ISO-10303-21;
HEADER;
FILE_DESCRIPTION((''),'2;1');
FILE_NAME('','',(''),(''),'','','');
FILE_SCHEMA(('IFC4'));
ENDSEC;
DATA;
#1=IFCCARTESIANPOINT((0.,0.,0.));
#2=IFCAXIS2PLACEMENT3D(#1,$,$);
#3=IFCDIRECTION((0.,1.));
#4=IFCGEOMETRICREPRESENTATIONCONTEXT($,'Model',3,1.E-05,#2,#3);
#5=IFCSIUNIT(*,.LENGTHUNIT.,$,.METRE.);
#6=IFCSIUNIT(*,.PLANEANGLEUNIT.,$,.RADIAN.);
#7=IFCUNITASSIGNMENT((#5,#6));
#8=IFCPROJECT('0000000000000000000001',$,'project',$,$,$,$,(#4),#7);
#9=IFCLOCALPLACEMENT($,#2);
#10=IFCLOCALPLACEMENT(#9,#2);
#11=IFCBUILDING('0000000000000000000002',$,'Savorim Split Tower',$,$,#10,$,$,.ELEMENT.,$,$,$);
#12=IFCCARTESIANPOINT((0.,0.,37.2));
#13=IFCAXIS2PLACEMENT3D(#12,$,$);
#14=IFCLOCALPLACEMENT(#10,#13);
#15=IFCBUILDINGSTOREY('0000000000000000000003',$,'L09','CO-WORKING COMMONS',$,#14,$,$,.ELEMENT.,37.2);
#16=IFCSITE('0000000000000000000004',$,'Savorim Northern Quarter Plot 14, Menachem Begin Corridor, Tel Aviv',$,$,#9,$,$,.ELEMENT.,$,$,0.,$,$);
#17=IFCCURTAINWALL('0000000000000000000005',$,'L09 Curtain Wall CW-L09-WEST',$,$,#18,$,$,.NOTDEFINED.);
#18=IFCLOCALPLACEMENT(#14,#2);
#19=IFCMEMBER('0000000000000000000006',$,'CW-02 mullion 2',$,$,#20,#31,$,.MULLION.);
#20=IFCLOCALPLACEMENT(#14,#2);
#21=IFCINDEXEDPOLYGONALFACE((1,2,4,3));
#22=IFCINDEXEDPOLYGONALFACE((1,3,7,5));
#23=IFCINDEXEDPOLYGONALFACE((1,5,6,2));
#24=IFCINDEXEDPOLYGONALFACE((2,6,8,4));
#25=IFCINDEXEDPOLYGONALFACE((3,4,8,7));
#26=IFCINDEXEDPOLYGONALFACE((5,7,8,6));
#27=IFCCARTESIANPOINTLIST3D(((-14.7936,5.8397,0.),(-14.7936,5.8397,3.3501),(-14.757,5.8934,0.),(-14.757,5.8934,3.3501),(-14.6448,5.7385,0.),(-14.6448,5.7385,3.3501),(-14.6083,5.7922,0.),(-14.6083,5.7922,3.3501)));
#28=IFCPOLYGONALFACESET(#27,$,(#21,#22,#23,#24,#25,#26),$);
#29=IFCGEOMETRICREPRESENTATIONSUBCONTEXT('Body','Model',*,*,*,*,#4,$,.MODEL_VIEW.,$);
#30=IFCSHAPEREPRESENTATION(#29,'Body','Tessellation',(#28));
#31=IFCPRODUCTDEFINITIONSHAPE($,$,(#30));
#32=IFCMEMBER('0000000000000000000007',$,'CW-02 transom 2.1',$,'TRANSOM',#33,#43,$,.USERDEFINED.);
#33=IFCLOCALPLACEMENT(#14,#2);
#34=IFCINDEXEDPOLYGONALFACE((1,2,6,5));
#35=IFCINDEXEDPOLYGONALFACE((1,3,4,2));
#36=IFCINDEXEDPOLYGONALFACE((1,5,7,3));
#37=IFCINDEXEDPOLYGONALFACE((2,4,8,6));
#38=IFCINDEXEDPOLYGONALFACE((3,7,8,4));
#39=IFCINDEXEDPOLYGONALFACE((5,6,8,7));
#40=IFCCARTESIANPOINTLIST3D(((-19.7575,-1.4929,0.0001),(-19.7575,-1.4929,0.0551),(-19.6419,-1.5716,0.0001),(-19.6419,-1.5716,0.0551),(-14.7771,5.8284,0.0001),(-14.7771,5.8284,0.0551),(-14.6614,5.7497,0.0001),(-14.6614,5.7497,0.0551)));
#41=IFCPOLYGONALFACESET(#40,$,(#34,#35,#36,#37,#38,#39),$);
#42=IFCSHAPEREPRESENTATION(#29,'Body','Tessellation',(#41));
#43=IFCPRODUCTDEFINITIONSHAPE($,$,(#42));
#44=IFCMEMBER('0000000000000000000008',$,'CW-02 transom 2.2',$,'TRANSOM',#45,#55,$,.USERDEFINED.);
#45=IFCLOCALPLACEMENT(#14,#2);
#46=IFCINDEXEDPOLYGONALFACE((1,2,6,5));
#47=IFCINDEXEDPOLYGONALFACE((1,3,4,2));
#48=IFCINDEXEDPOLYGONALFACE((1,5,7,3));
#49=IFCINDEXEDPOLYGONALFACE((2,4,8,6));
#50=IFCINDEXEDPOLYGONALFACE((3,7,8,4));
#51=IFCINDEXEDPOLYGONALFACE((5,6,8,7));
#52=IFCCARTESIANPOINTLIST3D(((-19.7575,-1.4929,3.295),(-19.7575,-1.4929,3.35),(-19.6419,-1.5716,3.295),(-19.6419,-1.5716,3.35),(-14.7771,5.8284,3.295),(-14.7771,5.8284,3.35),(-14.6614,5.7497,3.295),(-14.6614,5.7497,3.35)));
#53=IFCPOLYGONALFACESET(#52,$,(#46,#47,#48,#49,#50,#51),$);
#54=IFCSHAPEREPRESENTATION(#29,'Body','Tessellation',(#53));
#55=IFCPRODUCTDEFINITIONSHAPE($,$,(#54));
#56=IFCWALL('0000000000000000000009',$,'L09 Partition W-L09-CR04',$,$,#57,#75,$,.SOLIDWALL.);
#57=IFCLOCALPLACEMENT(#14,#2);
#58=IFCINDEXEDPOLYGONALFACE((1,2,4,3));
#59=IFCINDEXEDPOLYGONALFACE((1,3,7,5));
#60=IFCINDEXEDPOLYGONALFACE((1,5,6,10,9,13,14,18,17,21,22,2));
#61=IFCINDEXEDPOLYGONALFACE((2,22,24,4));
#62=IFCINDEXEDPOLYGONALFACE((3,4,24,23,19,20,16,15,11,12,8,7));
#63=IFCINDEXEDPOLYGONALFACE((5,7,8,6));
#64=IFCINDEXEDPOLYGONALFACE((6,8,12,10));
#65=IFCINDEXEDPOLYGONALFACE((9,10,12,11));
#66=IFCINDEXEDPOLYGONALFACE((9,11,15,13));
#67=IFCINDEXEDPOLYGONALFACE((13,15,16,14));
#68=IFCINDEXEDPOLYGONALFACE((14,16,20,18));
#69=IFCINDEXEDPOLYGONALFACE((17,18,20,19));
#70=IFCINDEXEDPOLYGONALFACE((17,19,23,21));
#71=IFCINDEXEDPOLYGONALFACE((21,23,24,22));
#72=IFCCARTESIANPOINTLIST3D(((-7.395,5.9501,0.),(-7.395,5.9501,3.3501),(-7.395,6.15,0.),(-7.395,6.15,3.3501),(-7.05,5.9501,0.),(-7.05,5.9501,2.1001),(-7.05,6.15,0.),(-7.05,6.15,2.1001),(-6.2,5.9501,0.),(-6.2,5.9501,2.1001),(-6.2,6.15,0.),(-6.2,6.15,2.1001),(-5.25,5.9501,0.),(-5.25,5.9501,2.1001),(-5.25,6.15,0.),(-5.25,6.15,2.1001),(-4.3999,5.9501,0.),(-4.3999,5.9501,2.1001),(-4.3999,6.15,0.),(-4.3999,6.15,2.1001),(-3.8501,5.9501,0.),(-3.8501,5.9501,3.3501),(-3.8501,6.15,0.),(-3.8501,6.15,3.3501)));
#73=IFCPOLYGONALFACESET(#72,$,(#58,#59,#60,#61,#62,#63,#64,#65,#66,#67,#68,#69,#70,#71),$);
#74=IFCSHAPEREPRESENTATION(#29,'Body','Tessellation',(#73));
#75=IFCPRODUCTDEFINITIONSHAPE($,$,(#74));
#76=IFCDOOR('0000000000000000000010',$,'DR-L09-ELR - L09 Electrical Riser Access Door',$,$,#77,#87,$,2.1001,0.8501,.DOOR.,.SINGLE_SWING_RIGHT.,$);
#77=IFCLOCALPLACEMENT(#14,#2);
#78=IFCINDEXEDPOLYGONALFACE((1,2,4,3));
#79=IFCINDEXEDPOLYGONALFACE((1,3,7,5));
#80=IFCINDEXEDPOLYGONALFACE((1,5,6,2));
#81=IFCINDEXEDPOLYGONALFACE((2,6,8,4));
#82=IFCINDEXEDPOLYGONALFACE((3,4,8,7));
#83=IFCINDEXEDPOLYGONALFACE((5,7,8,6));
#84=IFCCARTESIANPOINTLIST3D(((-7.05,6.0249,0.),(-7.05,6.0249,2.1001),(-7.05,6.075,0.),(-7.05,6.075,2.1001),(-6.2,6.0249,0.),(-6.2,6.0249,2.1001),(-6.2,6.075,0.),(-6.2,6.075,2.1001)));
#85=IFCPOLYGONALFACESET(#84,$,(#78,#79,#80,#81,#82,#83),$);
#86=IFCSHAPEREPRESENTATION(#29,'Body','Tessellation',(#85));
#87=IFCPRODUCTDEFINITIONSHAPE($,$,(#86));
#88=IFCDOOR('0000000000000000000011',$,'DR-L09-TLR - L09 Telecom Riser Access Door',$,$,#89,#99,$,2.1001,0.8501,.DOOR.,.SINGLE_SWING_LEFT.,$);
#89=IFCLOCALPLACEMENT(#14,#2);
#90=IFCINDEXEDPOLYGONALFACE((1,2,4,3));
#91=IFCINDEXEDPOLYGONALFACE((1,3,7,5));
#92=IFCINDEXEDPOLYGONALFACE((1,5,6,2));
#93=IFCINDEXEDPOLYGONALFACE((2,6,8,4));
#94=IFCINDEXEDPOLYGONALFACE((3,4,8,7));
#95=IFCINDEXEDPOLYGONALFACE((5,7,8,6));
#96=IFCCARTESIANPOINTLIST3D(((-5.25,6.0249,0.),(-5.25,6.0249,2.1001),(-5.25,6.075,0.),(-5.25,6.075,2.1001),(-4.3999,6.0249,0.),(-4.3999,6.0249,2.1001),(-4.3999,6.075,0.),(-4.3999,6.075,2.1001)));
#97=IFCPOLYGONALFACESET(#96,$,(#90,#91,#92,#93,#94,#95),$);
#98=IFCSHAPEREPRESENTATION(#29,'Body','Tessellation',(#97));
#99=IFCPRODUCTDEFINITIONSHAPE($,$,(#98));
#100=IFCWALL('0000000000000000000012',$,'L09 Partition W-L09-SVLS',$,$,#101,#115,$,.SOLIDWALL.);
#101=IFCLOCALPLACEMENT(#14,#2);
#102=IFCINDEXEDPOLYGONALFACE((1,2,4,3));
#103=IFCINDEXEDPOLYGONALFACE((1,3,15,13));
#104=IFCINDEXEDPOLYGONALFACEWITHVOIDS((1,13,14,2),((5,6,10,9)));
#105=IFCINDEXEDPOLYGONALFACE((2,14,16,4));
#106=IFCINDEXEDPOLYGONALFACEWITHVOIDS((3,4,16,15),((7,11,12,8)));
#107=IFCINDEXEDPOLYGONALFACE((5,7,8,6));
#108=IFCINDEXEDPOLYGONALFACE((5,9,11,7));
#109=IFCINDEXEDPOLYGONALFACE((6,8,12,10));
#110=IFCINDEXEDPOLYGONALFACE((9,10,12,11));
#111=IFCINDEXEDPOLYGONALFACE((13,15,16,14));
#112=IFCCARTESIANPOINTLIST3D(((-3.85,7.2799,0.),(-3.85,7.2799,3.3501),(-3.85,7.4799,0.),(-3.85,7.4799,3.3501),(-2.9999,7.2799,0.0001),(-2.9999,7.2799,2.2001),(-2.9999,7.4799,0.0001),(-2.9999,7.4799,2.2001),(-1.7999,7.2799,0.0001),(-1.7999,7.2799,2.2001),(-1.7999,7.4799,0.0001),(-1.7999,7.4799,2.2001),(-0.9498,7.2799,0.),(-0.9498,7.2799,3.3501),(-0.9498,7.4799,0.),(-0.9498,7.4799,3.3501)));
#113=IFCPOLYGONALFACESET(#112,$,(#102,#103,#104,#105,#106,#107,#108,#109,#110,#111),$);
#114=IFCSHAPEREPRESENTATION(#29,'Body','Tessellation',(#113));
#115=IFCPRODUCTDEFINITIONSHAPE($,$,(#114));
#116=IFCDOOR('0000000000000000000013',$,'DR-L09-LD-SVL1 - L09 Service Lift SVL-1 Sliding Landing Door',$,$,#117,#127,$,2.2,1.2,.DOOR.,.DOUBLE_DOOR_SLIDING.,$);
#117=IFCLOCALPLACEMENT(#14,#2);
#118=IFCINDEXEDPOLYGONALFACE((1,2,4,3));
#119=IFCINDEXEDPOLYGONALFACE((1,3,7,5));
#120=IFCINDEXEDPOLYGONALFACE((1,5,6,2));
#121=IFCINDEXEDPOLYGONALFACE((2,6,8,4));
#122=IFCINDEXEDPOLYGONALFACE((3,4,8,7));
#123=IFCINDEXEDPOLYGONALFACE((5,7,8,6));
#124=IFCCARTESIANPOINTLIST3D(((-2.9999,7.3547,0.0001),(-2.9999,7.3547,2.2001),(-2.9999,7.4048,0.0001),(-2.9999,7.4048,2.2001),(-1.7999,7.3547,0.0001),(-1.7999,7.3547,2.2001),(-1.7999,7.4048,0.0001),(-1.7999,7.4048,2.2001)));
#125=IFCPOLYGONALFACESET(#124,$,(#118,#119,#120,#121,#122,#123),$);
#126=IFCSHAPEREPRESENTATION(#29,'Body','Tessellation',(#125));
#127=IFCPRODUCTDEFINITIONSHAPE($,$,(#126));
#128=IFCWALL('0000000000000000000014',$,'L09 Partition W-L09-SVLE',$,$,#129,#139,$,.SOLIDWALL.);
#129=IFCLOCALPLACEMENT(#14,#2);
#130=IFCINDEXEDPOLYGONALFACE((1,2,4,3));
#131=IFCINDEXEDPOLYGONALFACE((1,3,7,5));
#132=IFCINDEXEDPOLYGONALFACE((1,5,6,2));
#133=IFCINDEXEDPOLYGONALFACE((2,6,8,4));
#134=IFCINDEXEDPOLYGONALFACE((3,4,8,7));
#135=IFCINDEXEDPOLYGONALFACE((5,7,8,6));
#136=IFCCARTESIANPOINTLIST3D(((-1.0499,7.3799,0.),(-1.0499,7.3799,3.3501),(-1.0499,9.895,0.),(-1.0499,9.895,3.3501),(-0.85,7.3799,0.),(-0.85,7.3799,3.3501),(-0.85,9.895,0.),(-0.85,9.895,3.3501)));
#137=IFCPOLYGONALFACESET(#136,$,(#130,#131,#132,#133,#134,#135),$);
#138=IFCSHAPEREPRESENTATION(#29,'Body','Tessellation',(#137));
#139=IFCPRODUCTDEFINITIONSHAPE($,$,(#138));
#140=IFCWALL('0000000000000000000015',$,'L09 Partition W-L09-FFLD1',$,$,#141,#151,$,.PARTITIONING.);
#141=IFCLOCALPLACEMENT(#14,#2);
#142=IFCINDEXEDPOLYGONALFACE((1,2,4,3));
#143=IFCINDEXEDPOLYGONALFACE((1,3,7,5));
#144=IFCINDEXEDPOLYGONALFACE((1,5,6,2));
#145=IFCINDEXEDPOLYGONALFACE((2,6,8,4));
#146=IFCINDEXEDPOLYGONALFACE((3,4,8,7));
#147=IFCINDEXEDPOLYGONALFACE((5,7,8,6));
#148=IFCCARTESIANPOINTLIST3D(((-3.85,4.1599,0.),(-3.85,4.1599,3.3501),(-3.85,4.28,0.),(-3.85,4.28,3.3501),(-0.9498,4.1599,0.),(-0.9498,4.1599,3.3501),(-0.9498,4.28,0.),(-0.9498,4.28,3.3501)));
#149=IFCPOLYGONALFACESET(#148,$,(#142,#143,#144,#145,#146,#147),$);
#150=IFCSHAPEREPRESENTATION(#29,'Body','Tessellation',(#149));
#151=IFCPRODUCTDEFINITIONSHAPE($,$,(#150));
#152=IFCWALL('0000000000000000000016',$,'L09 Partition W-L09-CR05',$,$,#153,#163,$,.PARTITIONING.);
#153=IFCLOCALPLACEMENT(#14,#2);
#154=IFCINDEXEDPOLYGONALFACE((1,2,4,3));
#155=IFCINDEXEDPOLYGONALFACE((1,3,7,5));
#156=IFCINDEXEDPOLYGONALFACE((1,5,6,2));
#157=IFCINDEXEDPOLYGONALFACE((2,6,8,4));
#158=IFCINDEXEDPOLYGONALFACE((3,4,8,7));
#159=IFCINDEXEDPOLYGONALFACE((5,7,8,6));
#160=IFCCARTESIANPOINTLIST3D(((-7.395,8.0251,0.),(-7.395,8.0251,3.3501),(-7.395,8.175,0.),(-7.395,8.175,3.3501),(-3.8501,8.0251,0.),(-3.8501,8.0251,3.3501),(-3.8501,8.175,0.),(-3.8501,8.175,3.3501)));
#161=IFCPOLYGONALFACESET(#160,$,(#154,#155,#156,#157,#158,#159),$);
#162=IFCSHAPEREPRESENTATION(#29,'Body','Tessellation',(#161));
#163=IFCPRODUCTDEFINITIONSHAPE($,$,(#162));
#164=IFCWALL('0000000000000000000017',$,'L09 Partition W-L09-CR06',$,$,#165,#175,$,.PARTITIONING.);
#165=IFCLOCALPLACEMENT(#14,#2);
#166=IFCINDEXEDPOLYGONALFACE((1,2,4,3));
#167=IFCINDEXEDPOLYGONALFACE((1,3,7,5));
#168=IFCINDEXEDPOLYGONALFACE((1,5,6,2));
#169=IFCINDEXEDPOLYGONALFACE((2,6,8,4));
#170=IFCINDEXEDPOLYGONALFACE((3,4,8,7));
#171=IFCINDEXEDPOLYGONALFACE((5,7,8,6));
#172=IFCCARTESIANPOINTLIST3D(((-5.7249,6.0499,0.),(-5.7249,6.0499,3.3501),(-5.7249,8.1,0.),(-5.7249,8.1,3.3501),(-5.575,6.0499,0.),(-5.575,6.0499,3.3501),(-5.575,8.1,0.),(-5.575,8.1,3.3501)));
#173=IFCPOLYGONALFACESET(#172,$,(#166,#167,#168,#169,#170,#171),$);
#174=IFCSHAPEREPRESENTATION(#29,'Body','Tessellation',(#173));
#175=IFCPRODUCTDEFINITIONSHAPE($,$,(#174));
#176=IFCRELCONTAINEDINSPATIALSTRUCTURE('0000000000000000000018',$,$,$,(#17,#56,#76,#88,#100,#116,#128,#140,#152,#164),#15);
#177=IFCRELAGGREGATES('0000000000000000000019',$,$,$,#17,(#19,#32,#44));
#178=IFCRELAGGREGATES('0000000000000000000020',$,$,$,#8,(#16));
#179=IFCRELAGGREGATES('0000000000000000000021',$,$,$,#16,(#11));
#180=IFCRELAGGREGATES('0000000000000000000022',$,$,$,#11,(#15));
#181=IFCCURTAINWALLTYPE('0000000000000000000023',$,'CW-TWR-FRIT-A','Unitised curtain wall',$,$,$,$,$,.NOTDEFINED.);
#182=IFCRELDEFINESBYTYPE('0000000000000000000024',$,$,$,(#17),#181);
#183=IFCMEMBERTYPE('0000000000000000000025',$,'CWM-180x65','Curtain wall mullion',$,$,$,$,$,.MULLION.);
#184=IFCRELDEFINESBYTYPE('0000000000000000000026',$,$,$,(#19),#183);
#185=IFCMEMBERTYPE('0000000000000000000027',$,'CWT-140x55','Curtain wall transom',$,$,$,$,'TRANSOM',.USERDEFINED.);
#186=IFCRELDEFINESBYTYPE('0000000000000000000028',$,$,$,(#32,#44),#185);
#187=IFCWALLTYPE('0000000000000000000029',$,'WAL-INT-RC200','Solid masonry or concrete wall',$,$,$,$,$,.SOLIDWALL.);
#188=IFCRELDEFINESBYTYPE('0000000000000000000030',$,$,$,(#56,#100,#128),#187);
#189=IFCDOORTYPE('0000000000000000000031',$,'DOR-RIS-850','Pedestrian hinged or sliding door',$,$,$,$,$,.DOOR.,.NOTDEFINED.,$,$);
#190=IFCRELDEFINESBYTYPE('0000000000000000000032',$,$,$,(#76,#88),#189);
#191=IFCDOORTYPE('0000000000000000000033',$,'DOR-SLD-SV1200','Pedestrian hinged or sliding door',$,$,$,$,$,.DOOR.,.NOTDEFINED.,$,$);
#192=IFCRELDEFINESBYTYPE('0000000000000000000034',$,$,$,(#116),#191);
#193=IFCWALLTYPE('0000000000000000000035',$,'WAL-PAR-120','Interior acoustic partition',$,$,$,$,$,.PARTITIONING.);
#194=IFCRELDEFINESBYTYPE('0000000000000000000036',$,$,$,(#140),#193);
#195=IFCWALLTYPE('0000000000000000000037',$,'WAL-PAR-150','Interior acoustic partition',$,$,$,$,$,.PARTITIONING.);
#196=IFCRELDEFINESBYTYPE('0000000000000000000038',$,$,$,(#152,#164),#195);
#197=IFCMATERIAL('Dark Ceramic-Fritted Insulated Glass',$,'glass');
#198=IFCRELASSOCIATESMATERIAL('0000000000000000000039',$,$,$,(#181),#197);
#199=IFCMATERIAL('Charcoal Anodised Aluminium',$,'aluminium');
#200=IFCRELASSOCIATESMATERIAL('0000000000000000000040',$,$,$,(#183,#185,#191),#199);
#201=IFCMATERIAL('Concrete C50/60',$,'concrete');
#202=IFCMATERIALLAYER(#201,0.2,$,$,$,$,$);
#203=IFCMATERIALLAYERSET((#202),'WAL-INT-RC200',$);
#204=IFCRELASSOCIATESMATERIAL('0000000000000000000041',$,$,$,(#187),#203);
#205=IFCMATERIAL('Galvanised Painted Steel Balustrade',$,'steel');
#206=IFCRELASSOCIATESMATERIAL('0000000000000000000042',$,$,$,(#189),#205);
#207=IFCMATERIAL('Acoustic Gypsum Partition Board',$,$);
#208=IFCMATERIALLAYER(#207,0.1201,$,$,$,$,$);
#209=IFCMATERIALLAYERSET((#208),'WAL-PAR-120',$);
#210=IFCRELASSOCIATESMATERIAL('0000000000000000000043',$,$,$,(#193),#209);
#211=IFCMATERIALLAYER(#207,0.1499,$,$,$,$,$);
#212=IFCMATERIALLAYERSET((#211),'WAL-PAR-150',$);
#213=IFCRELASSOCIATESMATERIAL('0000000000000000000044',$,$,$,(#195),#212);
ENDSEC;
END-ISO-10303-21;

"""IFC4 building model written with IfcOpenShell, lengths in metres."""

from ifc_helpers import new_model, si_unit, direction, frame, frame_2d, origin, origin_2d, place, context, subcontext, project, spatial, rectangle, extrude, material, layer, layer_set, material_profile, profile_set, type_object, element, fill, aggregate, save


model = new_model("IFC4")

# Units and contexts
model_context = context("Model", 3, precision=1e-05, world=origin(), true_north=direction((0.0, 1.0)))
body_context = subcontext(model_context, "Body", "Model", "MODEL_VIEW")
ifc_project = project(units=[si_unit("LENGTHUNIT", "METRE"), si_unit("PLANEANGLEUNIT", "RADIAN")], contexts=[model_context])

# Site, building, storey
site_placement = place(None, origin())
site = spatial("IfcSite", under=ifc_project, at=site_placement, Name="Savorim Northern Quarter Plot 14, Menachem Begin Corridor, Tel Aviv", CompositionType="ELEMENT", RefElevation=0.0)
building_placement = place(site_placement, origin())
building = spatial("IfcBuilding", under=site, at=building_placement, Name="Savorim Split Tower", CompositionType="ELEMENT")
storey_placement = place(building_placement, frame((0.0, 0.0, 37.2)))
storey = spatial("IfcBuildingStorey", under=building, at=storey_placement, Name="L09", Description="CO-WORKING COMMONS", CompositionType="ELEMENT", Elevation=37.2)

# Curtain wall, members
ifc_material_1 = material(Name="Dark Ceramic-Fritted Insulated Glass", Category="glass")
curtain_wall_type = type_object("IfcCurtainWallType", Name="CW-TWR-FRIT-A", Description="Unitised curtain wall", PredefinedType="NOTDEFINED", material=ifc_material_1)
curtain_wall_placement = place(storey_placement, origin())
curtain_wall = element("IfcCurtainWall", 1, at=curtain_wall_placement, inside=storey, type_object=curtain_wall_type, Name="L09 Curtain Wall CW-L09-WEST", PredefinedType="NOTDEFINED")
ifc_material_2 = material(Name="Charcoal Anodised Aluminium", Category="aluminium")
ifc_material_profile_1 = material_profile(ifc_material_2, rectangle(XDim=0.1799, YDim=0.0649, at=origin_2d()), Name="ALU-M 180x65")
ifc_profile_set_1 = profile_set([ifc_material_profile_1], Name="Charcoal Anodised Aluminium")
member_type_1 = type_object("IfcMemberType", Name="CWM-180x65", Description="Curtain wall mullion", PredefinedType="MULLION", material=ifc_profile_set_1)
member_1_placement = place(storey_placement, frame((-14.7009, 5.8159, 0.0), z_axis=(0.0, 0.0, 1.0), x_axis=(0.826821, -0.562465, 0.0)))
member_1 = element("IfcMember", 2, at=member_1_placement, type_object=member_type_1, Name="CW-02 mullion 2", PredefinedType="MULLION", context=body_context, shape_type="SweptSolid", body=[
    extrude(rectangle(XDim=0.1799, YDim=0.0649, at=origin_2d()), origin(), (0.0, 0.0, 1.0), 3.3501),
])
ifc_material_profile_2 = material_profile(ifc_material_2, rectangle(XDim=0.1399, YDim=0.0549, at=origin_2d()), Name="ALU-T 140x55")
ifc_profile_set_2 = profile_set([ifc_material_profile_2], Name="Charcoal Anodised Aluminium")
member_type_2 = type_object("IfcMemberType", Name="CWT-140x55", Description="Curtain wall transom", ElementType="TRANSOM", PredefinedType="USERDEFINED", material=ifc_profile_set_2)
member_2_placement = place(storey_placement, frame((-14.7192, 5.7891, 0.0276), z_axis=(-0.562464, -0.826822, 0.0), x_axis=(0.826822, -0.562464, 0.0)))
member_2 = element("IfcMember", 3, at=member_2_placement, type_object=member_type_2, Name="CW-02 transom 2.1", ObjectType="TRANSOM", PredefinedType="USERDEFINED", context=body_context, shape_type="SweptSolid", body=[
    extrude(rectangle(XDim=0.1399, YDim=0.0549, at=origin_2d()), origin(), (0.0, 0.0, 1.0), 8.8547),
])
member_3_placement = place(storey_placement, frame((-14.7192, 5.7891, 3.3225), z_axis=(-0.562464, -0.826822, 0.0), x_axis=(0.826822, -0.562464, 0.0)))
member_3 = element("IfcMember", 4, at=member_3_placement, type_object=member_type_2, Name="CW-02 transom 2.2", ObjectType="TRANSOM", PredefinedType="USERDEFINED", context=body_context, shape_type="SweptSolid", body=[
    extrude(rectangle(XDim=0.1399, YDim=0.0549, at=origin_2d()), origin(), (0.0, 0.0, 1.0), 8.8547),
])
aggregate(curtain_wall, [member_1, member_2, member_3])

# Wall, openings, doors
ifc_material_3 = material(Name="Concrete C50/60", Category="concrete")
ifc_layer_1 = layer(ifc_material_3, 0.2)
ifc_layer_set_1 = layer_set([ifc_layer_1], Name="WAL-INT-RC200")
wall_type_1 = type_object("IfcWallType", Name="WAL-INT-RC200", Description="Solid masonry or concrete wall", PredefinedType="SOLIDWALL", material=ifc_layer_set_1)
wall_1_placement = place(storey_placement, frame((-7.395, 6.05, 0.0), z_axis=(0.0, 0.0, 1.0), x_axis=(1.0, 0.0, 0.0)))
wall_1 = element("IfcWall", 5, at=wall_1_placement, inside=storey, type_object=wall_type_1, Name="L09 Partition W-L09-CR04", PredefinedType="SOLIDWALL", context=body_context, shape_type="SweptSolid", body=[
    extrude(rectangle(XDim=3.5449, YDim=0.2, at=frame_2d((1.7725, 0.0))), origin(), (0.0, 0.0, 1.0), 3.3501),
])
opening_1_placement = place(wall_1_placement, frame((0.345, 0.0, 0.0)))
opening_1 = element("IfcOpeningElement", 6, at=opening_1_placement, cuts=wall_1, PredefinedType="OPENING", context=body_context, shape_type="SweptSolid", body=[
    extrude(rectangle(XDim=0.8501, YDim=2.1001, at=frame_2d((0.425, 1.05))), frame((0.0, 0.1099, 0.0), z_axis=(0.0, -1.0, 0.0), x_axis=(1.0, 0.0, 0.0)), (0.0, 0.0, 1.0), 0.22),
])
opening_2_placement = place(wall_1_placement, frame((2.145, 0.0, 0.0)))
opening_2 = element("IfcOpeningElement", 7, at=opening_2_placement, cuts=wall_1, PredefinedType="OPENING", context=body_context, shape_type="SweptSolid", body=[
    extrude(rectangle(XDim=0.8501, YDim=2.1001, at=frame_2d((0.425, 1.05))), frame((0.0, 0.1099, 0.0), z_axis=(0.0, -1.0, 0.0), x_axis=(1.0, 0.0, 0.0)), (0.0, 0.0, 1.0), 0.22),
])
ifc_material_4 = material(Name="Galvanised Painted Steel Balustrade", Category="steel")
door_type_1 = type_object("IfcDoorType", Name="DOR-RIS-850", Description="Pedestrian hinged or sliding door", OperationType="NOTDEFINED", PredefinedType="DOOR", material=ifc_material_4)
door_1_placement = place(opening_1_placement, origin())
door_1 = element("IfcDoor", 8, at=door_1_placement, inside=storey, type_object=door_type_1, Name="DR-L09-ELR - L09 Electrical Riser Access Door", OperationType="SINGLE_SWING_RIGHT", OverallHeight=2.1001, OverallWidth=0.8501, PredefinedType="DOOR", context=body_context, shape_type="SweptSolid", body=[
    extrude(rectangle(XDim=0.8501, YDim=2.1001, at=frame_2d((0.425, 1.05))), frame((0.0, 0.0249, 0.0), z_axis=(0.0, -1.0, 0.0), x_axis=(1.0, 0.0, 0.0)), (0.0, 0.0, 1.0), 0.05),
])
fill(opening_1, door_1)
door_2_placement = place(opening_2_placement, origin())
door_2 = element("IfcDoor", 9, at=door_2_placement, inside=storey, type_object=door_type_1, Name="DR-L09-TLR - L09 Telecom Riser Access Door", OperationType="SINGLE_SWING_LEFT", OverallHeight=2.1001, OverallWidth=0.8501, PredefinedType="DOOR", context=body_context, shape_type="SweptSolid", body=[
    extrude(rectangle(XDim=0.8501, YDim=2.1001, at=frame_2d((0.425, 1.05))), frame((0.0, 0.0249, 0.0), z_axis=(0.0, -1.0, 0.0), x_axis=(1.0, 0.0, 0.0)), (0.0, 0.0, 1.0), 0.05),
])
fill(opening_2, door_2)

# Wall, opening, door
wall_2_placement = place(storey_placement, frame((-3.8501, 7.3799, 0.0), z_axis=(0.0, 0.0, 1.0), x_axis=(1.0, 0.0, 0.0)))
wall_2 = element("IfcWall", 10, at=wall_2_placement, inside=storey, type_object=wall_type_1, Name="L09 Partition W-L09-SVLS", PredefinedType="SOLIDWALL", context=body_context, shape_type="SweptSolid", body=[
    extrude(rectangle(XDim=2.9001, YDim=0.2, at=frame_2d((1.4502, 0.0))), origin(), (0.0, 0.0, 1.0), 3.3501),
])
opening_3_placement = place(wall_2_placement, frame((0.8501, 0.0, 0.0)))
opening_3 = element("IfcOpeningElement", 11, at=opening_3_placement, cuts=wall_2, PredefinedType="OPENING", context=body_context, shape_type="SweptSolid", body=[
    extrude(rectangle(XDim=1.2, YDim=2.2, at=frame_2d((0.6001, 1.1001))), frame((0.0, 0.1099, 0.0), z_axis=(0.0, -1.0, 0.0), x_axis=(1.0, 0.0, 0.0)), (0.0, 0.0, 1.0), 0.22),
])
door_type_2 = type_object("IfcDoorType", Name="DOR-SLD-SV1200", Description="Pedestrian hinged or sliding door", OperationType="NOTDEFINED", PredefinedType="DOOR", material=ifc_material_2)
door_3_placement = place(opening_3_placement, origin())
door_3 = element("IfcDoor", 12, at=door_3_placement, inside=storey, type_object=door_type_2, Name="DR-L09-LD-SVL1 - L09 Service Lift SVL-1 Sliding Landing Door", OperationType="DOUBLE_DOOR_SLIDING", OverallHeight=2.2, OverallWidth=1.2, PredefinedType="DOOR", context=body_context, shape_type="SweptSolid", body=[
    extrude(rectangle(XDim=1.2, YDim=2.2, at=frame_2d((0.6001, 1.1001))), frame((0.0, 0.0249, 0.0), z_axis=(0.0, -1.0, 0.0), x_axis=(1.0, 0.0, 0.0)), (0.0, 0.0, 1.0), 0.05),
])
fill(opening_3, door_3)

# Walls
wall_3_placement = place(storey_placement, frame((-0.95, 7.3799, 0.0), z_axis=(0.0, 0.0, 1.0), x_axis=(0.0, 1.0, 0.0)))
element("IfcWall", 13, at=wall_3_placement, inside=storey, type_object=wall_type_1, Name="L09 Partition W-L09-SVLE", PredefinedType="SOLIDWALL", context=body_context, shape_type="SweptSolid", body=[
    extrude(rectangle(XDim=2.5151, YDim=0.2, at=frame_2d((1.2576, 0.0))), origin(), (0.0, 0.0, 1.0), 3.3501),
])
ifc_material_5 = material(Name="Acoustic Gypsum Partition Board")
ifc_layer_2 = layer(ifc_material_5, 0.1201)
ifc_layer_set_2 = layer_set([ifc_layer_2], Name="WAL-PAR-120")
wall_type_2 = type_object("IfcWallType", Name="WAL-PAR-120", Description="Interior acoustic partition", PredefinedType="PARTITIONING", material=ifc_layer_set_2)
wall_4_placement = place(storey_placement, frame((-3.8501, 4.22, 0.0), z_axis=(0.0, 0.0, 1.0), x_axis=(1.0, 0.0, 0.0)))
element("IfcWall", 14, at=wall_4_placement, inside=storey, type_object=wall_type_2, Name="L09 Partition W-L09-FFLD1", PredefinedType="PARTITIONING", context=body_context, shape_type="SweptSolid", body=[
    extrude(rectangle(XDim=2.9001, YDim=0.1201, at=frame_2d((1.4502, 0.0))), origin(), (0.0, 0.0, 1.0), 3.3501),
])
ifc_layer_3 = layer(ifc_material_5, 0.1499)
ifc_layer_set_3 = layer_set([ifc_layer_3], Name="WAL-PAR-150")
wall_type_3 = type_object("IfcWallType", Name="WAL-PAR-150", Description="Interior acoustic partition", PredefinedType="PARTITIONING", material=ifc_layer_set_3)
wall_5_placement = place(storey_placement, frame((-7.395, 8.1001, 0.0), z_axis=(0.0, 0.0, 1.0), x_axis=(1.0, 0.0, 0.0)))
element("IfcWall", 15, at=wall_5_placement, inside=storey, type_object=wall_type_3, Name="L09 Partition W-L09-CR05", PredefinedType="PARTITIONING", context=body_context, shape_type="SweptSolid", body=[
    extrude(rectangle(XDim=3.5449, YDim=0.1499, at=frame_2d((1.7725, 0.0))), origin(), (0.0, 0.0, 1.0), 3.3501),
])
wall_6_placement = place(storey_placement, frame((-5.6499, 6.05, 0.0), z_axis=(0.0, 0.0, 1.0), x_axis=(0.0, 1.0, 0.0)))
element("IfcWall", 16, at=wall_6_placement, inside=storey, type_object=wall_type_3, Name="L09 Partition W-L09-CR06", PredefinedType="PARTITIONING", context=body_context, shape_type="SweptSolid", body=[
    extrude(rectangle(XDim=2.05, YDim=0.1499, at=frame_2d((1.0249, 0.0))), origin(), (0.0, 0.0, 1.0), 3.3501),
])

save(model, "model.ifc")
